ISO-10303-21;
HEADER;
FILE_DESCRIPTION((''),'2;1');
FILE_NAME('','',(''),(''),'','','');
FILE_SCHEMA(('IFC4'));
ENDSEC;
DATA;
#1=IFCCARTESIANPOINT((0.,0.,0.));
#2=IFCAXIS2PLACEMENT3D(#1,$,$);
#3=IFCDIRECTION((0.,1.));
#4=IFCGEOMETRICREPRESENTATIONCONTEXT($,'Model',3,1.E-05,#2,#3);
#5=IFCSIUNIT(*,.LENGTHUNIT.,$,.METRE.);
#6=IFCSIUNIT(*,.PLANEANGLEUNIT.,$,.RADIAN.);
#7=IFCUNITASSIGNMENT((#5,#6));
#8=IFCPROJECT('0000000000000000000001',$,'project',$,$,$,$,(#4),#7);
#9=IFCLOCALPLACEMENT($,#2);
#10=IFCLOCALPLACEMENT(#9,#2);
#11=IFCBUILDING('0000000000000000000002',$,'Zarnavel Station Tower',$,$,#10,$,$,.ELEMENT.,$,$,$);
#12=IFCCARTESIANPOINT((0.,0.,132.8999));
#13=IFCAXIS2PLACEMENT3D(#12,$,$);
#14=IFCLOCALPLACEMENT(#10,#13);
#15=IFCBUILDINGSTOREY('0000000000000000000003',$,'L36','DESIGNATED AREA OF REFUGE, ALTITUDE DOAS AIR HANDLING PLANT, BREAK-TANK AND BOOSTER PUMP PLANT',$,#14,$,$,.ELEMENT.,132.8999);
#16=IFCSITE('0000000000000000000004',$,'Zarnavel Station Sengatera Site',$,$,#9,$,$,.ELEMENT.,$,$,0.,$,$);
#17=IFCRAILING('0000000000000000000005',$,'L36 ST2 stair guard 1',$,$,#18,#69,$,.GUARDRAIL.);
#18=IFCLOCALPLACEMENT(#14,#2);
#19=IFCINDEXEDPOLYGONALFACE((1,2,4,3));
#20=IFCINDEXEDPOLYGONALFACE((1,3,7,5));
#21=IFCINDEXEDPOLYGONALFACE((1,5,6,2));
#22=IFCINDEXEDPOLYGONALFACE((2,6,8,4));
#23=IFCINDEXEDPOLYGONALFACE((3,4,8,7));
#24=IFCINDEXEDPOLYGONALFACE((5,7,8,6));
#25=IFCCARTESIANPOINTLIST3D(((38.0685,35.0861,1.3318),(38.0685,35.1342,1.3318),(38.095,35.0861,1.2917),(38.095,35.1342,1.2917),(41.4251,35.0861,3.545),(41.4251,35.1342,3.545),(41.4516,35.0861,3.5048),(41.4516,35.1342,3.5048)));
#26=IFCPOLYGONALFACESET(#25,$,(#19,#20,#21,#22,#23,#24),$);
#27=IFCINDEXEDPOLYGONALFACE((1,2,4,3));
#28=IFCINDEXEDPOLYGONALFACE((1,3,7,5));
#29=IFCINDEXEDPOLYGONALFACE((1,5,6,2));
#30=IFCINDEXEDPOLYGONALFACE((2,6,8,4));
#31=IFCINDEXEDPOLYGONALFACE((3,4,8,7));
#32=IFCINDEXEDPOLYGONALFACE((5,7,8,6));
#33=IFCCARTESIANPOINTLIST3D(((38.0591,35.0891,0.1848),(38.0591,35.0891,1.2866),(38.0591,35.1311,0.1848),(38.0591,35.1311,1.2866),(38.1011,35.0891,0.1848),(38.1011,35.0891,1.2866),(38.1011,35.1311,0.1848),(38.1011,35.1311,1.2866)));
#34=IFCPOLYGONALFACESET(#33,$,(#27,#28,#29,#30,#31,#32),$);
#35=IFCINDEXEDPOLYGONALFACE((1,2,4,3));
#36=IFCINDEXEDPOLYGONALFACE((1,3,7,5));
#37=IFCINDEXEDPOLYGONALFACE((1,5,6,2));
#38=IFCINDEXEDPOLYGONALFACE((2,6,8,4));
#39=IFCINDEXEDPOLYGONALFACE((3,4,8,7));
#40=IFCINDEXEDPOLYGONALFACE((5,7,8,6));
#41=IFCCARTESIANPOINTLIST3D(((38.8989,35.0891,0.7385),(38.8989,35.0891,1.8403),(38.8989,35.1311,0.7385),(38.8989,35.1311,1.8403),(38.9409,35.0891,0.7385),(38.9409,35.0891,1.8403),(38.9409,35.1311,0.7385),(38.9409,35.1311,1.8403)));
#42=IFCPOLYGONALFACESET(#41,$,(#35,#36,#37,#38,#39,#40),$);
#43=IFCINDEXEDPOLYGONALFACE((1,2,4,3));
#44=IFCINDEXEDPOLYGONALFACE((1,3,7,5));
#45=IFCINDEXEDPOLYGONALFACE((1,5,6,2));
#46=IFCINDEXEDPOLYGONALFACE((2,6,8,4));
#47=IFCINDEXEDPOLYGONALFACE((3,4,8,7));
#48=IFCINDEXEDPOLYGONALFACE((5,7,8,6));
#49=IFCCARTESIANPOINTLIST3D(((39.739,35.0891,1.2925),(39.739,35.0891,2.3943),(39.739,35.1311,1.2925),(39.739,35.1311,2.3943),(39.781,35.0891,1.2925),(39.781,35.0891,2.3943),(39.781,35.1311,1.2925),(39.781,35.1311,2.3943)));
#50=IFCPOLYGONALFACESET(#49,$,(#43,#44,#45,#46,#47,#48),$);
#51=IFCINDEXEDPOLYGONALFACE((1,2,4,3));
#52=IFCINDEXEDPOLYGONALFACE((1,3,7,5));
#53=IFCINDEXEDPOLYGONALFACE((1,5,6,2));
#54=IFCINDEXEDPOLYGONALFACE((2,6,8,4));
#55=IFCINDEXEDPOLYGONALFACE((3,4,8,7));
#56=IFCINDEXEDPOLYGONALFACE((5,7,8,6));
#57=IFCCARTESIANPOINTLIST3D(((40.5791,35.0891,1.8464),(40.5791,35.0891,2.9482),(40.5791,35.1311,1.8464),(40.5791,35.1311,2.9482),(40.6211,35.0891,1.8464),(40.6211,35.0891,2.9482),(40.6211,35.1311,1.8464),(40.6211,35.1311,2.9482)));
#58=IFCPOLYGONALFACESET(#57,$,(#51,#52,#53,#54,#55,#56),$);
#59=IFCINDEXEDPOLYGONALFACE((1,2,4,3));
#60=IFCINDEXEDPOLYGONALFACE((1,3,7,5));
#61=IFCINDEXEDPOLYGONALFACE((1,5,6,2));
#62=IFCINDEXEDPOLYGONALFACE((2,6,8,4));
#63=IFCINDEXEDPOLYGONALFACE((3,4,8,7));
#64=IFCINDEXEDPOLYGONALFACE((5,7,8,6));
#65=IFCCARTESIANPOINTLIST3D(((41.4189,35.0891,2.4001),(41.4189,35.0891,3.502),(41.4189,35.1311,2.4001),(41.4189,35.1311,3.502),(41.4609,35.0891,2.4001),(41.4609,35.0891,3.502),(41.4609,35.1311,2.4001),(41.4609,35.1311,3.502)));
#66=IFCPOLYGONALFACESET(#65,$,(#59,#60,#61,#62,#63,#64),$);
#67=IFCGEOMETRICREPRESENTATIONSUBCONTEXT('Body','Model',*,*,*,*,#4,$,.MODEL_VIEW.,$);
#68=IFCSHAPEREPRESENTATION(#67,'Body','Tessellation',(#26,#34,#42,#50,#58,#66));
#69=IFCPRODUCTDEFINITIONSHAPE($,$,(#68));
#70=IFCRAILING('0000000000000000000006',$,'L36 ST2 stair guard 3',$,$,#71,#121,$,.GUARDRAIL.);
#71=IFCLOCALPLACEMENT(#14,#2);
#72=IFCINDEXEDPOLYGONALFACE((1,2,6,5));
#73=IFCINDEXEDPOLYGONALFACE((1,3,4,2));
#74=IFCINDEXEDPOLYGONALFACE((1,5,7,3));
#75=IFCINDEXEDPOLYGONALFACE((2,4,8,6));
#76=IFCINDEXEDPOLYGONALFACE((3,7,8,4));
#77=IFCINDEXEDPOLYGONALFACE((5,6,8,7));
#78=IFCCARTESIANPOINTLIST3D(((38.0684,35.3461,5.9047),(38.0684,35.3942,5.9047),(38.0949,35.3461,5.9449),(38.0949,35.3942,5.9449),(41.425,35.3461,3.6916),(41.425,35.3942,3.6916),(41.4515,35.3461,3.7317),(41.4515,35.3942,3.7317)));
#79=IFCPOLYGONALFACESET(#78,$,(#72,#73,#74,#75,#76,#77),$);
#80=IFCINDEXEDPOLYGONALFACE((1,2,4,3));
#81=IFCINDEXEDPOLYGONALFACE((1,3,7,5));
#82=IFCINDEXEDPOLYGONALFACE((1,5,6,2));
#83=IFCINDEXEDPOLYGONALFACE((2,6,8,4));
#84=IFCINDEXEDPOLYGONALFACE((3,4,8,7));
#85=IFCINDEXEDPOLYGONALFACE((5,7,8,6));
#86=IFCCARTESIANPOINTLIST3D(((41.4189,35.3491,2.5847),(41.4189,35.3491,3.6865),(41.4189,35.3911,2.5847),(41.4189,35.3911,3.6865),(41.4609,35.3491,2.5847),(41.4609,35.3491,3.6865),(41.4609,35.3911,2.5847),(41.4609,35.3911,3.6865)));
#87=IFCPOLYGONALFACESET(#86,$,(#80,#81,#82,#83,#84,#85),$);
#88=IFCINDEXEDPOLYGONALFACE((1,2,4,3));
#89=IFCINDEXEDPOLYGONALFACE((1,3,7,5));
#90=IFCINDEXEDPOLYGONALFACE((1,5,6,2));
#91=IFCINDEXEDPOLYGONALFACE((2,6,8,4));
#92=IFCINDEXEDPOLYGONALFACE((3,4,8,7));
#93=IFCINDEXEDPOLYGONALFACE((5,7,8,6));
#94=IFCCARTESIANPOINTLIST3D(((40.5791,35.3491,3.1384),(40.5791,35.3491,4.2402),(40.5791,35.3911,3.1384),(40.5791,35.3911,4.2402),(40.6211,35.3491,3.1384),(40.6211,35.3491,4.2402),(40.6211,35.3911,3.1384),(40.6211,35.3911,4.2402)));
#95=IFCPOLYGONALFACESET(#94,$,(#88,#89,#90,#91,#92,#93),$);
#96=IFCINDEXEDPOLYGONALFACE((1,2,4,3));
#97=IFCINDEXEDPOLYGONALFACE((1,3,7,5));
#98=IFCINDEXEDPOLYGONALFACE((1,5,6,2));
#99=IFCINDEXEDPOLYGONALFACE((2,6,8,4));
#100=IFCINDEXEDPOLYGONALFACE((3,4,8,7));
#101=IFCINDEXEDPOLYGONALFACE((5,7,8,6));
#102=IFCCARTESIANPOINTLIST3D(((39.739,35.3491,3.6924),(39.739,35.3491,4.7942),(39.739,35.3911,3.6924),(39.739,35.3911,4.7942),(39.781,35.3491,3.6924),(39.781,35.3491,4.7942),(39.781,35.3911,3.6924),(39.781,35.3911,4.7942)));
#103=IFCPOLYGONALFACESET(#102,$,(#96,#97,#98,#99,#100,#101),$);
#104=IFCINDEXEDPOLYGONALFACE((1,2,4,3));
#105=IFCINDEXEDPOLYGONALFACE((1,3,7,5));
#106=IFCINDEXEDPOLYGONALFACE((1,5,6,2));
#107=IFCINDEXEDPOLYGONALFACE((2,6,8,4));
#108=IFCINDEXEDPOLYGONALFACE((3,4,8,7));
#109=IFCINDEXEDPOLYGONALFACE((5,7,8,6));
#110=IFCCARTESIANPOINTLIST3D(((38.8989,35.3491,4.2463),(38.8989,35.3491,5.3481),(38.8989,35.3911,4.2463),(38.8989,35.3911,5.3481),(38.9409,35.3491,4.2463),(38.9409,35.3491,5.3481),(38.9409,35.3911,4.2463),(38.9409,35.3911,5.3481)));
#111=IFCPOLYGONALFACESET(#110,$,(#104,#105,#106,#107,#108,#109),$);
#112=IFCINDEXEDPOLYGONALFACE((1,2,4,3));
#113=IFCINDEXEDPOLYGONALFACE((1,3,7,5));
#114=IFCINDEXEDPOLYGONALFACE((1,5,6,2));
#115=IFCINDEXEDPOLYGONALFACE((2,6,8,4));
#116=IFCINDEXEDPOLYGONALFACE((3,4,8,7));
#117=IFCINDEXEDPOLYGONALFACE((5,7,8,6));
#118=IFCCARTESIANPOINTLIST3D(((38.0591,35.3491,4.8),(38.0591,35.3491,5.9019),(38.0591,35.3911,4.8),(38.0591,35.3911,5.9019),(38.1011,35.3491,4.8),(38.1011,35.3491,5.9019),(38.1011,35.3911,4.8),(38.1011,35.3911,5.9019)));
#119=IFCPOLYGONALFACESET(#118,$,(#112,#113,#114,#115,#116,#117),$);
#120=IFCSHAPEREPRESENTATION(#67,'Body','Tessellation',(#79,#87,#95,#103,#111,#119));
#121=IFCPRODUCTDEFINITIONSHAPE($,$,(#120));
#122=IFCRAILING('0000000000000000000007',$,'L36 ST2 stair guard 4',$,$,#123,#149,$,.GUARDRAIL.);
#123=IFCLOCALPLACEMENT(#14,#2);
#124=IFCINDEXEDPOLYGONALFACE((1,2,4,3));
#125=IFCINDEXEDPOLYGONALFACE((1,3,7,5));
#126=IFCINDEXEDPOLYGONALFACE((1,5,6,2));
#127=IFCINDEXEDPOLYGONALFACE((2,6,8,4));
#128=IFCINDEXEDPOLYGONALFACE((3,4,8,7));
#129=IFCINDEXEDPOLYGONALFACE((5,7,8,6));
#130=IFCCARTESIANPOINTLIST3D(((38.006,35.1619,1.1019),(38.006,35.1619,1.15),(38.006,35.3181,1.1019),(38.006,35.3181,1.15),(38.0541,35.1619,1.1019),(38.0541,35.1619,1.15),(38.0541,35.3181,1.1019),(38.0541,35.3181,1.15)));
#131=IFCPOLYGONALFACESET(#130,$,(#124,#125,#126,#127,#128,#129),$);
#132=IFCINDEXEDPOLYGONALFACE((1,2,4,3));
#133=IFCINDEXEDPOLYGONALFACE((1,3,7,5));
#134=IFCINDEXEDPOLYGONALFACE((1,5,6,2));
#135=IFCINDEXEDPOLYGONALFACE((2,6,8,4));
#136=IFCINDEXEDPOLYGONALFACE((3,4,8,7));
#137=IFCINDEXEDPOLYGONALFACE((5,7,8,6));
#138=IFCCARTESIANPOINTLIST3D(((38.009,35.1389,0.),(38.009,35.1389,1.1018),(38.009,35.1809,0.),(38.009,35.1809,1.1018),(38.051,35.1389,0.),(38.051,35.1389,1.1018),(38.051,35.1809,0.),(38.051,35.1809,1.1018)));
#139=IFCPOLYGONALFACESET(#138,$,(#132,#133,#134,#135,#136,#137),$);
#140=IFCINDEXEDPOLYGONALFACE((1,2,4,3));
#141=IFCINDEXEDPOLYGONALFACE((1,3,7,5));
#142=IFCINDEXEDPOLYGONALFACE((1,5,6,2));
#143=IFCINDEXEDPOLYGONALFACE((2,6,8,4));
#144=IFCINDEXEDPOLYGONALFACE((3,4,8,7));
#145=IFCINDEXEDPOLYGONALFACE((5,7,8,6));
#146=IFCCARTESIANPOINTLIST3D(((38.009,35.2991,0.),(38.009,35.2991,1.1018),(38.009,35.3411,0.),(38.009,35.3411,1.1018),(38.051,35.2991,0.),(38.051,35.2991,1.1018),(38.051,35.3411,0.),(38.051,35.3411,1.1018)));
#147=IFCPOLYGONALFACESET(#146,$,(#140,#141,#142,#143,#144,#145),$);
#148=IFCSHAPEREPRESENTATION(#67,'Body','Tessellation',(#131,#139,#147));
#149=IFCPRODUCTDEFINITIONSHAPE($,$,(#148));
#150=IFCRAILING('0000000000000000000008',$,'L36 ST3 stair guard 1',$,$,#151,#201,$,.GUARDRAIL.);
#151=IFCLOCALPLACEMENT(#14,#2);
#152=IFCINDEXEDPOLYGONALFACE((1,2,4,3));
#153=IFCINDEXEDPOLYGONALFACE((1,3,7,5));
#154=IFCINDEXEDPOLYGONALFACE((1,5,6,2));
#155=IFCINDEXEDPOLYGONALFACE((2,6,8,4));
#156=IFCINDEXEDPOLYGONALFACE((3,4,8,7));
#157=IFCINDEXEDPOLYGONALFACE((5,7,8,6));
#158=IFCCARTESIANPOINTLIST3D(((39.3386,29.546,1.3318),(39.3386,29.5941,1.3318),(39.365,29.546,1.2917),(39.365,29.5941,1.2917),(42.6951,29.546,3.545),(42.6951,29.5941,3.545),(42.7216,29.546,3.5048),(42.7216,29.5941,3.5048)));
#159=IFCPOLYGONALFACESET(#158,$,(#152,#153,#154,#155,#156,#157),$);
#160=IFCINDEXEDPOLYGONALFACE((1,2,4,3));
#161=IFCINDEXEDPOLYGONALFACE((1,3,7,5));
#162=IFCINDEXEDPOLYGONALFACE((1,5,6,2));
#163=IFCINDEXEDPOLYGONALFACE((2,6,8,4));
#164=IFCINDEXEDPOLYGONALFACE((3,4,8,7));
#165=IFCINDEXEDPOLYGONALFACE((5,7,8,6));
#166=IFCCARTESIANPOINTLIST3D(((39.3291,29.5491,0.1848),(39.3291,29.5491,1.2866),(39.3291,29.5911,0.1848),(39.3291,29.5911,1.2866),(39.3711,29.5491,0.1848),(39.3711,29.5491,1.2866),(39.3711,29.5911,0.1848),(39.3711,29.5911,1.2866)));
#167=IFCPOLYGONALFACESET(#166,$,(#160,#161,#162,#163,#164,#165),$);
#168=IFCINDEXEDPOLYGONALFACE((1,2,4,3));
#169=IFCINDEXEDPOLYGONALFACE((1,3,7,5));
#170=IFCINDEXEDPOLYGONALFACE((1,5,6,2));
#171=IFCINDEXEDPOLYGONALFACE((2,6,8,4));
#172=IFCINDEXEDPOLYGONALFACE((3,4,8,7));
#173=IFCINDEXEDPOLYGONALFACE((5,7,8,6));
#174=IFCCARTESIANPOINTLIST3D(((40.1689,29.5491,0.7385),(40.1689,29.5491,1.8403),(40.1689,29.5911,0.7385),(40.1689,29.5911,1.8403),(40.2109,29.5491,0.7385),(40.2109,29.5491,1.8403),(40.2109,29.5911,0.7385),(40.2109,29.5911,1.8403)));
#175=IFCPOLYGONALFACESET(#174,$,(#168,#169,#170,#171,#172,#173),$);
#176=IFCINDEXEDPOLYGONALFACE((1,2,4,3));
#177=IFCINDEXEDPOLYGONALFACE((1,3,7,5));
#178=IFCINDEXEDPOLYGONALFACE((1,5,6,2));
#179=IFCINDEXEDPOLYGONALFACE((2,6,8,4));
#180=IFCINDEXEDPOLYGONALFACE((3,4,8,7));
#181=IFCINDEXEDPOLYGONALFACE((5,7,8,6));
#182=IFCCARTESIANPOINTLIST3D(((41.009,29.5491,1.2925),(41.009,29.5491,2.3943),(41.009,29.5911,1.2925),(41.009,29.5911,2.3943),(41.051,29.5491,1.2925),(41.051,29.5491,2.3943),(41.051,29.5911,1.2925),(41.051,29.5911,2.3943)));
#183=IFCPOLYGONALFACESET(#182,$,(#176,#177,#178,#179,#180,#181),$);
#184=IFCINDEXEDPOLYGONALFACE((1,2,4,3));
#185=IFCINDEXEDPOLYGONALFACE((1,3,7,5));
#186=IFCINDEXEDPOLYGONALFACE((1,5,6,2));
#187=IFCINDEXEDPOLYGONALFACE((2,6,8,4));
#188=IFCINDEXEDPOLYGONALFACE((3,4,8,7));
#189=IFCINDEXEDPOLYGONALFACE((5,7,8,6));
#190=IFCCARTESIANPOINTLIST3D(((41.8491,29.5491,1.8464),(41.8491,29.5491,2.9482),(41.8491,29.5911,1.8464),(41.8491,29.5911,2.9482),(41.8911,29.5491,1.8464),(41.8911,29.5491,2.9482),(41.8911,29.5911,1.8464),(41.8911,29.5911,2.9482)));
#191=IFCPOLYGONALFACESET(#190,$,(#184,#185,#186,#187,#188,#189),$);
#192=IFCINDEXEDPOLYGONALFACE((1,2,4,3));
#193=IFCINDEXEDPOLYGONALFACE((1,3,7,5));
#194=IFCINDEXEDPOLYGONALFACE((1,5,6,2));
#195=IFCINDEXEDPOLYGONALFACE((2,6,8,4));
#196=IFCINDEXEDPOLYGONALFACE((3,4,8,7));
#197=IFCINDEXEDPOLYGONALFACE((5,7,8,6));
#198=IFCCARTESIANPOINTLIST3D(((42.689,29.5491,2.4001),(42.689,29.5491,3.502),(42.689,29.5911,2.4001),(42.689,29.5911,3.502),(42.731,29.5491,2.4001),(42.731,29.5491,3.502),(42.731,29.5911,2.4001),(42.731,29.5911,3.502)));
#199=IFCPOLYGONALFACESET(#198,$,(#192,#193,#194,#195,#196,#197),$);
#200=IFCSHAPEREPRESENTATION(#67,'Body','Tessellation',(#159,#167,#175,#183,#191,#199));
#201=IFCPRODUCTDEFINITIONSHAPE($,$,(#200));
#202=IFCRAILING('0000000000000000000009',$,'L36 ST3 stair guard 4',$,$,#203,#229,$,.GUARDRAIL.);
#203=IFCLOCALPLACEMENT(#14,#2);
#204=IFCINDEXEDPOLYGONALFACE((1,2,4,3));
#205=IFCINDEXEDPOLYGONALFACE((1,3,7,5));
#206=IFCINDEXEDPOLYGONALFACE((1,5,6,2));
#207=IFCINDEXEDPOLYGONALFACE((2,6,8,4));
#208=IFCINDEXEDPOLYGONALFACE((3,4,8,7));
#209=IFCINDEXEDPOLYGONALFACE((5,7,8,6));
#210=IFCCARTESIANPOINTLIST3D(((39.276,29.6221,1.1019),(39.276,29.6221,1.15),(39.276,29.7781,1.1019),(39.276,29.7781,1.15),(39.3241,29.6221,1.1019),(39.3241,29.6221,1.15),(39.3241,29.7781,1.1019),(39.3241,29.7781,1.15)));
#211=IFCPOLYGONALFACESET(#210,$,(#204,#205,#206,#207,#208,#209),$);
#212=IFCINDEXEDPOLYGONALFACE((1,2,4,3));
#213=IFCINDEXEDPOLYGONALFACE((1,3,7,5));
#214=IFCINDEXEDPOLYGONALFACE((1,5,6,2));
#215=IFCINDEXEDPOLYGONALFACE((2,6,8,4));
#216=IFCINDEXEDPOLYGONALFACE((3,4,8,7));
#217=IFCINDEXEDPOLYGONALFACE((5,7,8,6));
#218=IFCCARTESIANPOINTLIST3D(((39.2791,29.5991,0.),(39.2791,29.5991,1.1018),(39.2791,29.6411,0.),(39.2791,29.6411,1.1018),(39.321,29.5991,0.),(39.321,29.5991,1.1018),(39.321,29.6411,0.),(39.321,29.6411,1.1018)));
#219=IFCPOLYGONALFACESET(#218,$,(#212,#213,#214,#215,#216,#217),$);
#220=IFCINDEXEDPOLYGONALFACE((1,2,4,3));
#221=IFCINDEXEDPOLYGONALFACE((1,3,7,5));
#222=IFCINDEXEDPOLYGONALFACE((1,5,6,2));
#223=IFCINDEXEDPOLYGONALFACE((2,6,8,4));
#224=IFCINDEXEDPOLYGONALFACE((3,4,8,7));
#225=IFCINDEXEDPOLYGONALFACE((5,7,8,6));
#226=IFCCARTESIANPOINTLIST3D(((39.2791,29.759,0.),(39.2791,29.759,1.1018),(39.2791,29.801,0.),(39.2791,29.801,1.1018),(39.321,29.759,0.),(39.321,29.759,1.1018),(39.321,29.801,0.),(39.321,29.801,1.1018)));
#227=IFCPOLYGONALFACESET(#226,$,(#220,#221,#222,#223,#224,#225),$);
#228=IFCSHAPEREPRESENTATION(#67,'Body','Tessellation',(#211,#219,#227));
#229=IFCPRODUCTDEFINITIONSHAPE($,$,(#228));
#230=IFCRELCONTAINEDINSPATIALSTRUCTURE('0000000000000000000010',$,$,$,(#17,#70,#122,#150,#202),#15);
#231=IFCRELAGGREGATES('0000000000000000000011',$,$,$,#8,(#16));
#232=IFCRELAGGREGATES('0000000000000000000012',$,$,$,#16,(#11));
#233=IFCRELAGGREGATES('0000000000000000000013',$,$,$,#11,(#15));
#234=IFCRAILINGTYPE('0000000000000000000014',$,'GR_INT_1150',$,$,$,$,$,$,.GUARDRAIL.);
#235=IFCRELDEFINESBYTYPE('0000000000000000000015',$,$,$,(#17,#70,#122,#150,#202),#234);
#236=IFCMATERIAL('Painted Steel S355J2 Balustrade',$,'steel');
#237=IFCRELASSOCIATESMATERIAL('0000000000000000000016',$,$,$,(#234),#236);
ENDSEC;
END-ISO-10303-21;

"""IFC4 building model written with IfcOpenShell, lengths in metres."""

from ifc_helpers import new_model, si_unit, direction, frame, origin, origin_2d, place, context, subcontext, project, spatial, rectangle, extrude, material, type_object, element, save


model = new_model("IFC4")

# Units and contexts
model_context = context("Model", 3, precision=1e-05, world=origin(), true_north=direction((0.0, 1.0)))
body_context = subcontext(model_context, "Body", "Model", "MODEL_VIEW")
ifc_project = project(units=[si_unit("LENGTHUNIT", "METRE"), si_unit("PLANEANGLEUNIT", "RADIAN")], contexts=[model_context])

# Site, building, storey
site_placement = place(None, origin())
site = spatial("IfcSite", under=ifc_project, at=site_placement, Name="Zarnavel Station Sengatera Site", CompositionType="ELEMENT", RefElevation=0.0)
building_placement = place(site_placement, origin())
building = spatial("IfcBuilding", under=site, at=building_placement, Name="Zarnavel Station Tower", CompositionType="ELEMENT")
storey_placement = place(building_placement, frame((0.0, 0.0, 132.8999)))
storey = spatial("IfcBuildingStorey", under=building, at=storey_placement, Name="L36", Description="DESIGNATED AREA OF REFUGE, ALTITUDE DOAS AIR HANDLING PLANT, BREAK-TANK AND BOOSTER PUMP PLANT", CompositionType="ELEMENT", Elevation=132.8999)

# Railings
ifc_material_1 = material(Name="Painted Steel S355J2 Balustrade", Category="steel")
railing_type_1 = type_object("IfcRailingType", Name="GR_INT_1150", PredefinedType="GUARDRAIL", material=ifc_material_1)
railing_1_placement = place(storey_placement, frame((38.0801, 35.1101, 0.1848)))
element("IfcRailing", 1, at=railing_1_placement, inside=storey, type_object=railing_type_1, Name="L36 ST2 stair guard 1", PredefinedType="GUARDRAIL", context=body_context, shape_type="SweptSolid", body=[
    extrude(rectangle(XDim=0.0481, YDim=0.0481, at=origin_2d()), frame((0.0017, 0.0, 1.127), z_axis=(0.834858, 0.0, 0.550465), x_axis=(0.0, 1.0, 0.0)), (0.0, 0.0, 1.0), 4.0205),
    extrude(rectangle(XDim=0.042, YDim=0.042, at=origin_2d()), origin(), (0.0, 0.0, 1.0), 1.1018),
    extrude(rectangle(XDim=0.042, YDim=0.042, at=origin_2d()), frame((0.8398, 0.0, 0.5537)), (0.0, 0.0, 1.0), 1.1018),
    extrude(rectangle(XDim=0.042, YDim=0.042, at=origin_2d()), frame((1.6799, 0.0, 1.1077)), (0.0, 0.0, 1.0), 1.1018),
    extrude(rectangle(XDim=0.042, YDim=0.042, at=origin_2d()), frame((2.52, 0.0, 1.6616)), (0.0, 0.0, 1.0), 1.1018),
    extrude(rectangle(XDim=0.042, YDim=0.042, at=origin_2d()), frame((3.3599, 0.0, 2.2153)), (0.0, 0.0, 1.0), 1.1018),
])
railing_2_placement = place(storey_placement, frame((41.4399, 35.3701, 2.5847)))
element("IfcRailing", 2, at=railing_2_placement, inside=storey, type_object=railing_type_1, Name="L36 ST2 stair guard 3", PredefinedType="GUARDRAIL", context=body_context, shape_type="SweptSolid", body=[
    extrude(rectangle(XDim=0.0481, YDim=0.0481, at=origin_2d()), frame((-0.0017, 0.0, 1.127), z_axis=(-0.834858, 0.0, 0.550465), x_axis=(0.0, -1.0, 0.0)), (0.0, 0.0, 1.0), 4.0205),
    extrude(rectangle(XDim=0.042, YDim=0.042, at=origin_2d()), origin(), (0.0, 0.0, 1.0), 1.1018),
    extrude(rectangle(XDim=0.042, YDim=0.042, at=origin_2d()), frame((-0.8398, 0.0, 0.5537)), (0.0, 0.0, 1.0), 1.1018),
    extrude(rectangle(XDim=0.042, YDim=0.042, at=origin_2d()), frame((-1.6799, 0.0, 1.1077)), (0.0, 0.0, 1.0), 1.1018),
    extrude(rectangle(XDim=0.042, YDim=0.042, at=origin_2d()), frame((-2.52, 0.0, 1.6616)), (0.0, 0.0, 1.0), 1.1018),
    extrude(rectangle(XDim=0.042, YDim=0.042, at=origin_2d()), frame((-3.3599, 0.0, 2.2153)), (0.0, 0.0, 1.0), 1.1018),
])
railing_3_placement = place(storey_placement, frame((38.03, 35.1599, 0.0)))
element("IfcRailing", 3, at=railing_3_placement, inside=storey, type_object=railing_type_1, Name="L36 ST2 stair guard 4", PredefinedType="GUARDRAIL", context=body_context, shape_type="SweptSolid", body=[
    extrude(rectangle(XDim=0.0481, YDim=0.0481, at=origin_2d()), frame((0.0, 0.002, 1.126), z_axis=(0.0, 1.0, 0.0), x_axis=(-1.0, 0.0, 0.0)), (0.0, 0.0, 1.0), 0.1562),
    extrude(rectangle(XDim=0.042, YDim=0.042, at=origin_2d()), origin(), (0.0, 0.0, 1.0), 1.1018),
    extrude(rectangle(XDim=0.042, YDim=0.042, at=origin_2d()), frame((0.0, 0.1602, 0.0)), (0.0, 0.0, 1.0), 1.1018),
])
railing_4_placement = place(storey_placement, frame((39.3501, 29.5701, 0.1848)))
element("IfcRailing", 4, at=railing_4_placement, inside=storey, type_object=railing_type_1, Name="L36 ST3 stair guard 1", PredefinedType="GUARDRAIL", context=body_context, shape_type="SweptSolid", body=[
    extrude(rectangle(XDim=0.0481, YDim=0.0481, at=origin_2d()), frame((0.0017, 0.0, 1.127), z_axis=(0.834858, 0.0, 0.550465), x_axis=(0.0, 1.0, 0.0)), (0.0, 0.0, 1.0), 4.0205),
    extrude(rectangle(XDim=0.042, YDim=0.042, at=origin_2d()), origin(), (0.0, 0.0, 1.0), 1.1018),
    extrude(rectangle(XDim=0.042, YDim=0.042, at=origin_2d()), frame((0.8398, 0.0, 0.5537)), (0.0, 0.0, 1.0), 1.1018),
    extrude(rectangle(XDim=0.042, YDim=0.042, at=origin_2d()), frame((1.6799, 0.0, 1.1077)), (0.0, 0.0, 1.0), 1.1018),
    extrude(rectangle(XDim=0.042, YDim=0.042, at=origin_2d()), frame((2.52, 0.0, 1.6616)), (0.0, 0.0, 1.0), 1.1018),
    extrude(rectangle(XDim=0.042, YDim=0.042, at=origin_2d()), frame((3.3599, 0.0, 2.2153)), (0.0, 0.0, 1.0), 1.1018),
])
railing_5_placement = place(storey_placement, frame((39.3, 29.6201, 0.0)))
element("IfcRailing", 5, at=railing_5_placement, inside=storey, type_object=railing_type_1, Name="L36 ST3 stair guard 4", PredefinedType="GUARDRAIL", context=body_context, shape_type="SweptSolid", body=[
    extrude(rectangle(XDim=0.0481, YDim=0.0481, at=origin_2d()), frame((0.0, 0.002, 1.126), z_axis=(0.0, 1.0, 0.0), x_axis=(-1.0, 0.0, 0.0)), (0.0, 0.0, 1.0), 0.156),
    extrude(rectangle(XDim=0.042, YDim=0.042, at=origin_2d()), origin(), (0.0, 0.0, 1.0), 1.1018),
    extrude(rectangle(XDim=0.042, YDim=0.042, at=origin_2d()), frame((0.0, 0.1599, 0.0)), (0.0, 0.0, 1.0), 1.1018),
])

save(model, "model.ifc")
